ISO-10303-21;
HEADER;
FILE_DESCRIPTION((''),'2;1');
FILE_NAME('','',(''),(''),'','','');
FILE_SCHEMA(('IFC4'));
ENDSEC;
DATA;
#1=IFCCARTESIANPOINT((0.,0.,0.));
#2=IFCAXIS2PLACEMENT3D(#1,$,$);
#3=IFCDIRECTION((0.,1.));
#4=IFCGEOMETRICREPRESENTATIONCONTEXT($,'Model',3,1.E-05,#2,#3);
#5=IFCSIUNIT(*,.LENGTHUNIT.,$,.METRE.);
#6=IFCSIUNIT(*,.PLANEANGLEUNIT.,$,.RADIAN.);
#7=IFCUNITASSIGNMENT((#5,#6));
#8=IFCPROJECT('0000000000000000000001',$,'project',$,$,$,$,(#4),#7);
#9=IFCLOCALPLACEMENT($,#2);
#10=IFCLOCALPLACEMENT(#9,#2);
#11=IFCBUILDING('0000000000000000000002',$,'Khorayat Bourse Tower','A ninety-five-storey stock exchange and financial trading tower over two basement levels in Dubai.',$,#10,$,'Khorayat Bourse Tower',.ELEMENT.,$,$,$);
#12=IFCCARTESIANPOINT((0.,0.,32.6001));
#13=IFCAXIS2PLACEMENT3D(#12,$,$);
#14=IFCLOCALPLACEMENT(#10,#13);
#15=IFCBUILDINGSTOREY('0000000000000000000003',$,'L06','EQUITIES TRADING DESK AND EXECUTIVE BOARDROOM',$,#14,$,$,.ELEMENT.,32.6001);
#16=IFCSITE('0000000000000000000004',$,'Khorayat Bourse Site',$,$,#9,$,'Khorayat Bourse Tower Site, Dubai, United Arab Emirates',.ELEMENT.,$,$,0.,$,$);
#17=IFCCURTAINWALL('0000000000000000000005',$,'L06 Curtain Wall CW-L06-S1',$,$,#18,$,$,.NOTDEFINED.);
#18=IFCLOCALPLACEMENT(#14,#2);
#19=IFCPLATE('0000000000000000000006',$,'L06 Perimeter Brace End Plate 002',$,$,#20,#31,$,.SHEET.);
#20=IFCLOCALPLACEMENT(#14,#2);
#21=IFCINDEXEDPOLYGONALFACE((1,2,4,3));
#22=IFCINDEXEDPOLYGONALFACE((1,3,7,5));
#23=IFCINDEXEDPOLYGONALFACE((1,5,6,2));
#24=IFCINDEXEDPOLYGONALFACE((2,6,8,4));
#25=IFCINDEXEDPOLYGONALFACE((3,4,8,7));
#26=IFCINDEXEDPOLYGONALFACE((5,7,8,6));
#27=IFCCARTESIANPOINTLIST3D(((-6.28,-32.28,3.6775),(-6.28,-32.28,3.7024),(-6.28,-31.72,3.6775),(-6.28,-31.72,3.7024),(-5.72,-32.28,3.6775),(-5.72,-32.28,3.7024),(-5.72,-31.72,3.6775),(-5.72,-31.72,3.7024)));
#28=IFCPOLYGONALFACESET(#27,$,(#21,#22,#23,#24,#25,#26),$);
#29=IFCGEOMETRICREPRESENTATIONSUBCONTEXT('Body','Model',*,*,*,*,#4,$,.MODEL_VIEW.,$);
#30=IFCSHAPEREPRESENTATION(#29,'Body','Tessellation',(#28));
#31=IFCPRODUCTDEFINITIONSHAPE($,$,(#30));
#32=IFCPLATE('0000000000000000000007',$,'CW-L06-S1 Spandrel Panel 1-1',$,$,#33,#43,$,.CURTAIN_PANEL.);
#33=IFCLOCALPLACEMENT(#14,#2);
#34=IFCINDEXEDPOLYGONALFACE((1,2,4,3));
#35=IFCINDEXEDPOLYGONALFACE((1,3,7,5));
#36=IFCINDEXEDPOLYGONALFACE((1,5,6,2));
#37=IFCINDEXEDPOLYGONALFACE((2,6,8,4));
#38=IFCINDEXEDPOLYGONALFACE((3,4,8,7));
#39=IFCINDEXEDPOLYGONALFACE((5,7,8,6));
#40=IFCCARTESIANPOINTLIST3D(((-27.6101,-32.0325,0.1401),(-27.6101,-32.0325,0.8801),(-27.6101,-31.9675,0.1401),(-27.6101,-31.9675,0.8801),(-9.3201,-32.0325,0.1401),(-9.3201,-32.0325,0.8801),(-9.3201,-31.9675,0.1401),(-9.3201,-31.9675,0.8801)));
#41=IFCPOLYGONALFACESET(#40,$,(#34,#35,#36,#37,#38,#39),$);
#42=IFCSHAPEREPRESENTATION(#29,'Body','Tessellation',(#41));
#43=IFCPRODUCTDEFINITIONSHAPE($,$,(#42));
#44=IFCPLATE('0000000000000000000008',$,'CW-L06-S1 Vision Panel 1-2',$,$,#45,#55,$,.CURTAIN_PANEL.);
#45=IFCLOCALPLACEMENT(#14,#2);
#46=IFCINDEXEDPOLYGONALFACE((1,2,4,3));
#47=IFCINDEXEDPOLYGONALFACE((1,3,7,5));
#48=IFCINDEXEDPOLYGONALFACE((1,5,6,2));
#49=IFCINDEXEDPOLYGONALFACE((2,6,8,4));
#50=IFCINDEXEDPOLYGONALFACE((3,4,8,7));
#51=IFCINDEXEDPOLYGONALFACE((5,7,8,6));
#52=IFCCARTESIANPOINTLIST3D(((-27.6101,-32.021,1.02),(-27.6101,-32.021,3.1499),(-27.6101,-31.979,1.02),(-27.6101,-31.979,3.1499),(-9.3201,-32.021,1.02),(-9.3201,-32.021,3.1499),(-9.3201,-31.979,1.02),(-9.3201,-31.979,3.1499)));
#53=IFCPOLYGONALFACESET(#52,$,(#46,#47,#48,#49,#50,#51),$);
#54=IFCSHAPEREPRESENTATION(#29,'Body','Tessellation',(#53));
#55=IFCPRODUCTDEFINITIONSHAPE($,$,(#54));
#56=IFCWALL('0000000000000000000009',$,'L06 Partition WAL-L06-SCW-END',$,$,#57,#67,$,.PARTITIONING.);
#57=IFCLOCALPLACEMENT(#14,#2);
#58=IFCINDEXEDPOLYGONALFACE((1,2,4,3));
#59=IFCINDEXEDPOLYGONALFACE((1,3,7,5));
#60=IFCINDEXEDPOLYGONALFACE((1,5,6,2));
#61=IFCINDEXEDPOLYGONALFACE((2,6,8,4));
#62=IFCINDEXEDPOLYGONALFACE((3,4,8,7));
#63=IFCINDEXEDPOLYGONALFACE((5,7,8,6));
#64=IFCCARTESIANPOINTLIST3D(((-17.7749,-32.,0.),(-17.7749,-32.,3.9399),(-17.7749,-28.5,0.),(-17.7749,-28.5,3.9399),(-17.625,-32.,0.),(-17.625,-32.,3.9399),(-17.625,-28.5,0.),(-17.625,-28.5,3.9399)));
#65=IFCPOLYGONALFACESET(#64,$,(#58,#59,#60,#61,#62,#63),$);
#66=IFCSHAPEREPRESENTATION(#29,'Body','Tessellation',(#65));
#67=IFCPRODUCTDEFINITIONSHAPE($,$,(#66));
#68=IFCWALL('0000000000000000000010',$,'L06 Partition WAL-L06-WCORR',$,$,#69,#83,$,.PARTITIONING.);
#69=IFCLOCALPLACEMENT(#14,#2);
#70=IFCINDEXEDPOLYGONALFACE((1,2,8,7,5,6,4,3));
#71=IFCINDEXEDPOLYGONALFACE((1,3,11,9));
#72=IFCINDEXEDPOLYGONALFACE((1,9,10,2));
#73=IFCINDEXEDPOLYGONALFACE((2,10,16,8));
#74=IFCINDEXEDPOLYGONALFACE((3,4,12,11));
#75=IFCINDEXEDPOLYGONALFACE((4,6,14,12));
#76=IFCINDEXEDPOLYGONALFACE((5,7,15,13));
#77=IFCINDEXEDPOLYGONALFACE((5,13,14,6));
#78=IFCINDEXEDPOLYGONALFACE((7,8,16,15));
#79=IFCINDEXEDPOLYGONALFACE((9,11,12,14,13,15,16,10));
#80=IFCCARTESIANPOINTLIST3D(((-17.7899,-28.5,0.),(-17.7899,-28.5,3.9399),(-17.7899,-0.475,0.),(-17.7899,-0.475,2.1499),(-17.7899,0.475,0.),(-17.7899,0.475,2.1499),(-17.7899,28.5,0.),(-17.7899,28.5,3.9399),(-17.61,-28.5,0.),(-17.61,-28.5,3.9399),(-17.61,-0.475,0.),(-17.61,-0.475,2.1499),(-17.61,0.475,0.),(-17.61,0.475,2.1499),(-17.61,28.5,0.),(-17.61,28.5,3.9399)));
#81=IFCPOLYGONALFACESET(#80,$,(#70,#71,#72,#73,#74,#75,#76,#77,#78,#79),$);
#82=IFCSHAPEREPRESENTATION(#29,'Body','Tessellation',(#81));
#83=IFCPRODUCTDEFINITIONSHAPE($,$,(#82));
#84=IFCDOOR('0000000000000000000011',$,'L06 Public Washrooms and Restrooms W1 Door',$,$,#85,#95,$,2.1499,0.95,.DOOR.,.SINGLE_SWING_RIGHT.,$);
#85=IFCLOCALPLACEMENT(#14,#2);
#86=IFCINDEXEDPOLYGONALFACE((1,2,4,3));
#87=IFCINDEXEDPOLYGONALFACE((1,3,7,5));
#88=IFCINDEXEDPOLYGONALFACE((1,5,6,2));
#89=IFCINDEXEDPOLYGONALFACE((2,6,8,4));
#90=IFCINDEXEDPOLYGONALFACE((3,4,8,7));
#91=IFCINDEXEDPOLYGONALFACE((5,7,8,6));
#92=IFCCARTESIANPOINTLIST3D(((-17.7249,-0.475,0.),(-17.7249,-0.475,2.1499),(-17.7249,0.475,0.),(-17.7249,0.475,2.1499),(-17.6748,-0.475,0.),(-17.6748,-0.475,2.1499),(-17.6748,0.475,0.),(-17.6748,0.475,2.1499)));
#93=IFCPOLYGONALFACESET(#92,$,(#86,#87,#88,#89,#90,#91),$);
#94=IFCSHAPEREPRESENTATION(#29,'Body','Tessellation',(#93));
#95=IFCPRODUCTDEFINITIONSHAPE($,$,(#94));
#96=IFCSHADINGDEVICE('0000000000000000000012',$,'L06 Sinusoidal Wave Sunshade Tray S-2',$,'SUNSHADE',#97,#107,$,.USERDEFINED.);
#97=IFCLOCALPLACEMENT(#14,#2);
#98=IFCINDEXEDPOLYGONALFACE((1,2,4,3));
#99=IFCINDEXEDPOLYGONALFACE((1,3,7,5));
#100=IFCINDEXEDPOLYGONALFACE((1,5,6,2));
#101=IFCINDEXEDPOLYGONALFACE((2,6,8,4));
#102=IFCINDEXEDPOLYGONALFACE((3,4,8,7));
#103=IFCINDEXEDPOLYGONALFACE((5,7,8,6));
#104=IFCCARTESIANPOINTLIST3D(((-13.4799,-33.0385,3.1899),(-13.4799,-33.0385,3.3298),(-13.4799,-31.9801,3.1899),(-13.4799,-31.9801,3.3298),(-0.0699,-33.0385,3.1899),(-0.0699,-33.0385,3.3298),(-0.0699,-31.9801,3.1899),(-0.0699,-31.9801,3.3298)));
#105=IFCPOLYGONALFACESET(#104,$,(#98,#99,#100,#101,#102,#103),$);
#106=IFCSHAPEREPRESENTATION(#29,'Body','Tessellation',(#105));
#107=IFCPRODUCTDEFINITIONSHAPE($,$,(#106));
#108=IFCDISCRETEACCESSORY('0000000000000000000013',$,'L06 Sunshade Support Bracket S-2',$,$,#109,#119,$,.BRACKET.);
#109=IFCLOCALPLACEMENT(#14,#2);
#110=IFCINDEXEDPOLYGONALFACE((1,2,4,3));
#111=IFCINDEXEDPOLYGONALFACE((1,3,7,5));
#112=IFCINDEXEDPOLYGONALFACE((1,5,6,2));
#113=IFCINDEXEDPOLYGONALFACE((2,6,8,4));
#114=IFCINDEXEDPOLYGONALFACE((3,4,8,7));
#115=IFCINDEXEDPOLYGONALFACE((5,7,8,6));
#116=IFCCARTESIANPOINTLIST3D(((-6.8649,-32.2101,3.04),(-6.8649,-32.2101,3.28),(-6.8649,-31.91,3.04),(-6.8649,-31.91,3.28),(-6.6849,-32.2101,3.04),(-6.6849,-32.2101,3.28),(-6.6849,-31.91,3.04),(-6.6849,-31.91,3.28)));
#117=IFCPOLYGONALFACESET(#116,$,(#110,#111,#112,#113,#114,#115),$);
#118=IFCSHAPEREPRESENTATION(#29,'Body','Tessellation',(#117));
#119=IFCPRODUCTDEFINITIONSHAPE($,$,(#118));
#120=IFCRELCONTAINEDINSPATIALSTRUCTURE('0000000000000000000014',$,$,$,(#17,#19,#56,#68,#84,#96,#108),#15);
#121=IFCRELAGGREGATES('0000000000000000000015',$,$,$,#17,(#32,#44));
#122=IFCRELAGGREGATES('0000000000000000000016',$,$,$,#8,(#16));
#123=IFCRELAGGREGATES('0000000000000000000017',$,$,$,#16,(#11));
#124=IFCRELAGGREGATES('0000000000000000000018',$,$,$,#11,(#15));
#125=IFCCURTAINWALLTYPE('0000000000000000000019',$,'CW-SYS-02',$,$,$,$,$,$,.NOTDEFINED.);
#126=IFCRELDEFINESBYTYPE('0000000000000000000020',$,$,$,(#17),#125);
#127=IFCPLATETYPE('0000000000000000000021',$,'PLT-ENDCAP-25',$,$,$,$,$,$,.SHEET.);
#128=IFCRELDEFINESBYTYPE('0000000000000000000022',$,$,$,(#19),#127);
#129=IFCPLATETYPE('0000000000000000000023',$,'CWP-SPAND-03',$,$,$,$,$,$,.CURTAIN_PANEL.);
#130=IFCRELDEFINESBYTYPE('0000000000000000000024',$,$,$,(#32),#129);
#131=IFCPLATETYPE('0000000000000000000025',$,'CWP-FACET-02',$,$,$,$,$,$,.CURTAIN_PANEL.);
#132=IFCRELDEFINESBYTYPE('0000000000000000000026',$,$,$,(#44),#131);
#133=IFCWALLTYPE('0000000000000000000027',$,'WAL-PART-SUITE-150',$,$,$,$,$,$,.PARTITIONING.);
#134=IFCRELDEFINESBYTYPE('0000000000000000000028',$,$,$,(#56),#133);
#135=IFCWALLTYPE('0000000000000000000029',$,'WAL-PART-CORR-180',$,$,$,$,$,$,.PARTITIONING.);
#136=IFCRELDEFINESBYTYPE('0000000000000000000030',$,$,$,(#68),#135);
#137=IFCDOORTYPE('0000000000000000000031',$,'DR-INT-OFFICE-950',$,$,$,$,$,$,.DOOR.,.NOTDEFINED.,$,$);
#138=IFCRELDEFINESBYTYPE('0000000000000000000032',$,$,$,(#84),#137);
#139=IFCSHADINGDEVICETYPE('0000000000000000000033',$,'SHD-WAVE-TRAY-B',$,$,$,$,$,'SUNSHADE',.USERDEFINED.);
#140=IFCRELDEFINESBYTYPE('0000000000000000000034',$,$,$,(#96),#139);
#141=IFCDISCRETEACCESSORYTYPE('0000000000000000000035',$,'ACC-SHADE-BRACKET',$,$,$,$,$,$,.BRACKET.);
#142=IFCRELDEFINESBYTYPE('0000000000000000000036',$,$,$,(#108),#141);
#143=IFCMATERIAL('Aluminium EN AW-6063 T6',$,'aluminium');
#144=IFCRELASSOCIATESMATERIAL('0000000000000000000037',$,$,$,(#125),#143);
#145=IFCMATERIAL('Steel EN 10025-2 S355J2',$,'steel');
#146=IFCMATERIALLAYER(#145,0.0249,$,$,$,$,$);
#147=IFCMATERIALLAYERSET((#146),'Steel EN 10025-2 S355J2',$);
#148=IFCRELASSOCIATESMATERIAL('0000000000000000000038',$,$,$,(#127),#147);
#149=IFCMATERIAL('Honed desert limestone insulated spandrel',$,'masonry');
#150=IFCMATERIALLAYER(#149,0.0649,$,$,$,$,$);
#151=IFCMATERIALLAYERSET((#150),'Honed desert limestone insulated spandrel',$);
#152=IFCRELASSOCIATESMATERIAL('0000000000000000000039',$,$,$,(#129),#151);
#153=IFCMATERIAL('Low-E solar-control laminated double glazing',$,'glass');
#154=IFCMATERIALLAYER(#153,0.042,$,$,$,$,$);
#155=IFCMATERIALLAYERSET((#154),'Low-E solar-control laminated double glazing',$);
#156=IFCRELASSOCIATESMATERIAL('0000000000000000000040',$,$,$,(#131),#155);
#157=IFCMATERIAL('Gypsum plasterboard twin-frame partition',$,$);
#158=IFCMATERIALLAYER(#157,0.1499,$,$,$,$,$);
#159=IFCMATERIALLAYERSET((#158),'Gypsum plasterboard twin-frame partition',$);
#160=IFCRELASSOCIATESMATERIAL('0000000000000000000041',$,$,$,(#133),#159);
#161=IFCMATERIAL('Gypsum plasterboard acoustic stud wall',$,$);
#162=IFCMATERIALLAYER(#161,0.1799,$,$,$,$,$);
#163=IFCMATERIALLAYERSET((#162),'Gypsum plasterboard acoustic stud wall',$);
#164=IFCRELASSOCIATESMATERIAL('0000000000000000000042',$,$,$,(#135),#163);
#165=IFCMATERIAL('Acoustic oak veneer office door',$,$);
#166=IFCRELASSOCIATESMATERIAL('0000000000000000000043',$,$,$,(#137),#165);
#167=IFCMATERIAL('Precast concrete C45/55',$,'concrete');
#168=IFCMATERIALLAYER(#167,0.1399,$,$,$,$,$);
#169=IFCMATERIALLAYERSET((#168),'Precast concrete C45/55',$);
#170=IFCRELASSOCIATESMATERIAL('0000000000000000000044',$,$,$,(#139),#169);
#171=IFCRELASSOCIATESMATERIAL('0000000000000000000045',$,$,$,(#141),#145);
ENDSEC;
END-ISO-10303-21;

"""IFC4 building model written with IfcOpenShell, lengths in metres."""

from ifc_helpers import new_model, si_unit, direction, frame, frame_2d, origin, origin_2d, place, context, subcontext, project, spatial, rectangle, extrude, source, transform, mapped, material, layer, layer_set, type_object, element, fill, aggregate, save


model = new_model("IFC4")

# Units and contexts
model_context = context("Model", 3, precision=1e-05, world=origin(), true_north=direction((0.0, 1.0)))
body_context = subcontext(model_context, "Body", "Model", "MODEL_VIEW")
ifc_project = project(units=[si_unit("LENGTHUNIT", "METRE"), si_unit("PLANEANGLEUNIT", "RADIAN")], contexts=[model_context])

# Site, building, storey
site_placement = place(None, origin())
site = spatial("IfcSite", under=ifc_project, at=site_placement, Name="Khorayat Bourse Site", LongName="Khorayat Bourse Tower Site, Dubai, United Arab Emirates", CompositionType="ELEMENT", RefElevation=0.0)
building_placement = place(site_placement, origin())
building = spatial("IfcBuilding", under=site, at=building_placement, Name="Khorayat Bourse Tower", Description="A ninety-five-storey stock exchange and financial trading tower over two basement levels in Dubai.", LongName="Khorayat Bourse Tower", CompositionType="ELEMENT")
storey_placement = place(building_placement, frame((0.0, 0.0, 32.6001)))
storey = spatial("IfcBuildingStorey", under=building, at=storey_placement, Name="L06", Description="EQUITIES TRADING DESK AND EXECUTIVE BOARDROOM", CompositionType="ELEMENT", Elevation=32.6001)

# Curtain wall
ifc_material_1 = material(Name="Aluminium EN AW-6063 T6", Category="aluminium")
curtain_wall_type = type_object("IfcCurtainWallType", Name="CW-SYS-02", PredefinedType="NOTDEFINED", material=ifc_material_1)
curtain_wall_placement = place(storey_placement, origin())
curtain_wall = element("IfcCurtainWall", 1, at=curtain_wall_placement, inside=storey, type_object=curtain_wall_type, Name="L06 Curtain Wall CW-L06-S1", PredefinedType="NOTDEFINED")

# Plate
ifc_material_2 = material(Name="Steel EN 10025-2 S355J2", Category="steel")
ifc_layer_1 = layer(ifc_material_2, 0.0249)
ifc_layer_set_1 = layer_set([ifc_layer_1], Name="Steel EN 10025-2 S355J2")
plate_type_1 = type_object("IfcPlateType", Name="PLT-ENDCAP-25", PredefinedType="SHEET", material=ifc_layer_set_1)
shared_shape_1 = source(origin(), body_context, "Body", "SweptSolid", [
    extrude(rectangle(XDim=0.5601, YDim=0.5601, at=origin_2d()), origin(), (0.0, 0.0, 1.0), 0.0249),
])
for number, where, z_axis, x_axis, name in (
    (2, (-6.0, -32.0, 3.6775), (0.0, 0.0, 1.0), (1.0, 0.0, 0.0), "L06 Perimeter Brace End Plate 002"),
):
    element("IfcPlate", number, at=place(storey_placement, frame(where, z_axis=z_axis, x_axis=x_axis)), inside=storey, type_object=plate_type_1, Name=name, PredefinedType="SHEET", context=body_context, shape_type="MappedRepresentation", body=[
        mapped(shared_shape_1, transform((0.0, 0.0, 0.0), scale=1.0)),
    ])

# Plates
ifc_material_3 = material(Name="Honed desert limestone insulated spandrel", Category="masonry")
ifc_layer_2 = layer(ifc_material_3, 0.0649)
ifc_layer_set_2 = layer_set([ifc_layer_2], Name="Honed desert limestone insulated spandrel")
plate_type_2 = type_object("IfcPlateType", Name="CWP-SPAND-03", PredefinedType="CURTAIN_PANEL", material=ifc_layer_set_2)
shared_shape_2 = source(origin(), body_context, "Body", "SweptSolid", [
    extrude(rectangle(XDim=18.29, YDim=0.0649, at=origin_2d()), origin(), (0.0, 0.0, 1.0), 0.74),
])
plate_1_placement = place(storey_placement, frame((-18.4651, -32.0, 0.1401), z_axis=(0.0, 0.0, 1.0), x_axis=(1.0, 0.0, 0.0)))
plate_1 = element("IfcPlate", 3, at=plate_1_placement, type_object=plate_type_2, Name="CW-L06-S1 Spandrel Panel 1-1", PredefinedType="CURTAIN_PANEL", context=body_context, shape_type="MappedRepresentation", body=[
    mapped(shared_shape_2, transform((0.0, 0.0, 0.0), scale=1.0)),
])
ifc_material_4 = material(Name="Low-E solar-control laminated double glazing", Category="glass")
ifc_layer_3 = layer(ifc_material_4, 0.042)
ifc_layer_set_3 = layer_set([ifc_layer_3], Name="Low-E solar-control laminated double glazing")
plate_type_3 = type_object("IfcPlateType", Name="CWP-FACET-02", PredefinedType="CURTAIN_PANEL", material=ifc_layer_set_3)
shared_shape_3 = source(origin(), body_context, "Body", "SweptSolid", [
    extrude(rectangle(XDim=18.29, YDim=0.042, at=origin_2d()), origin(), (0.0, 0.0, 1.0), 2.1299),
])
plate_2_placement = place(storey_placement, frame((-18.4651, -32.0, 1.02), z_axis=(0.0, 0.0, 1.0), x_axis=(1.0, 0.0, 0.0)))
plate_2 = element("IfcPlate", 4, at=plate_2_placement, type_object=plate_type_3, Name="CW-L06-S1 Vision Panel 1-2", PredefinedType="CURTAIN_PANEL", context=body_context, shape_type="MappedRepresentation", body=[
    mapped(shared_shape_3, transform((0.0, 0.0, 0.0), scale=1.0)),
])
aggregate(curtain_wall, [plate_1, plate_2])

# Wall
ifc_material_5 = material(Name="Gypsum plasterboard twin-frame partition")
ifc_layer_4 = layer(ifc_material_5, 0.1499)
ifc_layer_set_4 = layer_set([ifc_layer_4], Name="Gypsum plasterboard twin-frame partition")
wall_type_1 = type_object("IfcWallType", Name="WAL-PART-SUITE-150", PredefinedType="PARTITIONING", material=ifc_layer_set_4)
shared_shape_4 = source(origin(), body_context, "Body", "SweptSolid", [
    extrude(rectangle(XDim=3.5, YDim=0.1499, at=frame_2d((1.75, 0.0))), origin(), (0.0, 0.0, 1.0), 3.9399),
])
wall_1_placement = place(storey_placement, frame((-17.7, -32.0, 0.0), z_axis=(0.0, 0.0, 1.0), x_axis=(0.0, 1.0, 0.0)))
element("IfcWall", 5, at=wall_1_placement, inside=storey, type_object=wall_type_1, Name="L06 Partition WAL-L06-SCW-END", PredefinedType="PARTITIONING", context=body_context, shape_type="MappedRepresentation", body=[
    mapped(shared_shape_4, transform((0.0, 0.0, 0.0), scale=1.0)),
])

# Wall, opening, door
ifc_material_6 = material(Name="Gypsum plasterboard acoustic stud wall")
ifc_layer_5 = layer(ifc_material_6, 0.1799)
ifc_layer_set_5 = layer_set([ifc_layer_5], Name="Gypsum plasterboard acoustic stud wall")
wall_type_2 = type_object("IfcWallType", Name="WAL-PART-CORR-180", PredefinedType="PARTITIONING", material=ifc_layer_set_5)
shared_shape_5 = source(origin(), body_context, "Body", "SweptSolid", [
    extrude(rectangle(XDim=57.0, YDim=0.1799, at=frame_2d((28.5, 0.0))), origin(), (0.0, 0.0, 1.0), 3.9399),
])
wall_2_placement = place(storey_placement, frame((-17.7, -28.5, 0.0), z_axis=(0.0, 0.0, 1.0), x_axis=(0.0, 1.0, 0.0)))
wall_2 = element("IfcWall", 6, at=wall_2_placement, inside=storey, type_object=wall_type_2, Name="L06 Partition WAL-L06-WCORR", PredefinedType="PARTITIONING", context=body_context, shape_type="MappedRepresentation", body=[
    mapped(shared_shape_5, transform((0.0, 0.0, 0.0), scale=1.0)),
])
shared_shape_6 = source(origin(), body_context, "Body", "SweptSolid", [
    extrude(rectangle(XDim=0.95, YDim=2.1499, at=frame_2d((0.4751, 1.075))), frame((0.0, 0.0999, 0.0), z_axis=(0.0, -1.0, 0.0), x_axis=(1.0, 0.0, 0.0)), (0.0, 0.0, 1.0), 0.2),
])
opening_placement = place(wall_2_placement, frame((28.0249, 0.0, 0.0)))
opening = element("IfcOpeningElement", 7, at=opening_placement, cuts=wall_2, PredefinedType="OPENING", context=body_context, shape_type="MappedRepresentation", body=[
    mapped(shared_shape_6, transform((0.0, 0.0, 0.0), scale=1.0)),
])
ifc_material_7 = material(Name="Acoustic oak veneer office door")
door_type = type_object("IfcDoorType", Name="DR-INT-OFFICE-950", OperationType="NOTDEFINED", PredefinedType="DOOR", material=ifc_material_7)
shared_shape_7 = source(origin(), body_context, "Body", "SweptSolid", [
    extrude(rectangle(XDim=0.95, YDim=2.1499, at=frame_2d((0.4751, 1.075))), frame((0.0, 0.0249, 0.0), z_axis=(0.0, -1.0, 0.0), x_axis=(1.0, 0.0, 0.0)), (0.0, 0.0, 1.0), 0.05),
])
door_placement = place(opening_placement, origin())
door = element("IfcDoor", 8, at=door_placement, inside=storey, type_object=door_type, Name="L06 Public Washrooms and Restrooms W1 Door", OperationType="SINGLE_SWING_RIGHT", OverallHeight=2.1499, OverallWidth=0.95, PredefinedType="DOOR", context=body_context, shape_type="MappedRepresentation", body=[
    mapped(shared_shape_7, transform((0.0, 0.0, 0.0), scale=1.0)),
])
fill(opening, door)

# Shading device
ifc_material_8 = material(Name="Precast concrete C45/55", Category="concrete")
ifc_layer_6 = layer(ifc_material_8, 0.1399)
ifc_layer_set_6 = layer_set([ifc_layer_6], Name="Precast concrete C45/55")
shading_device_type = type_object("IfcShadingDeviceType", Name="SHD-WAVE-TRAY-B", ElementType="SUNSHADE", PredefinedType="USERDEFINED", material=ifc_layer_set_6)
shared_shape_8 = source(origin(), body_context, "Body", "SweptSolid", [
    extrude(rectangle(XDim=13.4099, YDim=1.0583, at=origin_2d()), origin(), (0.0, 0.0, 1.0), 0.1399),
])
shading_device_placement = place(storey_placement, frame((-6.7749, -32.5093, 3.1899), z_axis=(0.0, 0.0, 1.0), x_axis=(1.0, 0.0, 0.0)))
element("IfcShadingDevice", 9, at=shading_device_placement, inside=storey, type_object=shading_device_type, Name="L06 Sinusoidal Wave Sunshade Tray S-2", ObjectType="SUNSHADE", PredefinedType="USERDEFINED", context=body_context, shape_type="MappedRepresentation", body=[
    mapped(shared_shape_8, transform((0.0, 0.0, 0.0), scale=1.0)),
])

# Discrete accessory
discrete_accessory_type = type_object("IfcDiscreteAccessoryType", Name="ACC-SHADE-BRACKET", PredefinedType="BRACKET", material=ifc_material_2)
shared_shape_9 = source(origin(), body_context, "Body", "SweptSolid", [
    extrude(rectangle(XDim=0.1799, YDim=0.3, at=origin_2d()), origin(), (0.0, 0.0, 1.0), 0.24),
])
discrete_accessory_placement = place(storey_placement, frame((-6.7749, -32.0601, 3.04), z_axis=(0.0, 0.0, 1.0), x_axis=(1.0, 0.0, 0.0)))
element("IfcDiscreteAccessory", 10, at=discrete_accessory_placement, inside=storey, type_object=discrete_accessory_type, Name="L06 Sunshade Support Bracket S-2", PredefinedType="BRACKET", context=body_context, shape_type="MappedRepresentation", body=[
    mapped(shared_shape_9, transform((0.0, 0.0, 0.0), scale=1.0)),
])

save(model, "model.ifc")
